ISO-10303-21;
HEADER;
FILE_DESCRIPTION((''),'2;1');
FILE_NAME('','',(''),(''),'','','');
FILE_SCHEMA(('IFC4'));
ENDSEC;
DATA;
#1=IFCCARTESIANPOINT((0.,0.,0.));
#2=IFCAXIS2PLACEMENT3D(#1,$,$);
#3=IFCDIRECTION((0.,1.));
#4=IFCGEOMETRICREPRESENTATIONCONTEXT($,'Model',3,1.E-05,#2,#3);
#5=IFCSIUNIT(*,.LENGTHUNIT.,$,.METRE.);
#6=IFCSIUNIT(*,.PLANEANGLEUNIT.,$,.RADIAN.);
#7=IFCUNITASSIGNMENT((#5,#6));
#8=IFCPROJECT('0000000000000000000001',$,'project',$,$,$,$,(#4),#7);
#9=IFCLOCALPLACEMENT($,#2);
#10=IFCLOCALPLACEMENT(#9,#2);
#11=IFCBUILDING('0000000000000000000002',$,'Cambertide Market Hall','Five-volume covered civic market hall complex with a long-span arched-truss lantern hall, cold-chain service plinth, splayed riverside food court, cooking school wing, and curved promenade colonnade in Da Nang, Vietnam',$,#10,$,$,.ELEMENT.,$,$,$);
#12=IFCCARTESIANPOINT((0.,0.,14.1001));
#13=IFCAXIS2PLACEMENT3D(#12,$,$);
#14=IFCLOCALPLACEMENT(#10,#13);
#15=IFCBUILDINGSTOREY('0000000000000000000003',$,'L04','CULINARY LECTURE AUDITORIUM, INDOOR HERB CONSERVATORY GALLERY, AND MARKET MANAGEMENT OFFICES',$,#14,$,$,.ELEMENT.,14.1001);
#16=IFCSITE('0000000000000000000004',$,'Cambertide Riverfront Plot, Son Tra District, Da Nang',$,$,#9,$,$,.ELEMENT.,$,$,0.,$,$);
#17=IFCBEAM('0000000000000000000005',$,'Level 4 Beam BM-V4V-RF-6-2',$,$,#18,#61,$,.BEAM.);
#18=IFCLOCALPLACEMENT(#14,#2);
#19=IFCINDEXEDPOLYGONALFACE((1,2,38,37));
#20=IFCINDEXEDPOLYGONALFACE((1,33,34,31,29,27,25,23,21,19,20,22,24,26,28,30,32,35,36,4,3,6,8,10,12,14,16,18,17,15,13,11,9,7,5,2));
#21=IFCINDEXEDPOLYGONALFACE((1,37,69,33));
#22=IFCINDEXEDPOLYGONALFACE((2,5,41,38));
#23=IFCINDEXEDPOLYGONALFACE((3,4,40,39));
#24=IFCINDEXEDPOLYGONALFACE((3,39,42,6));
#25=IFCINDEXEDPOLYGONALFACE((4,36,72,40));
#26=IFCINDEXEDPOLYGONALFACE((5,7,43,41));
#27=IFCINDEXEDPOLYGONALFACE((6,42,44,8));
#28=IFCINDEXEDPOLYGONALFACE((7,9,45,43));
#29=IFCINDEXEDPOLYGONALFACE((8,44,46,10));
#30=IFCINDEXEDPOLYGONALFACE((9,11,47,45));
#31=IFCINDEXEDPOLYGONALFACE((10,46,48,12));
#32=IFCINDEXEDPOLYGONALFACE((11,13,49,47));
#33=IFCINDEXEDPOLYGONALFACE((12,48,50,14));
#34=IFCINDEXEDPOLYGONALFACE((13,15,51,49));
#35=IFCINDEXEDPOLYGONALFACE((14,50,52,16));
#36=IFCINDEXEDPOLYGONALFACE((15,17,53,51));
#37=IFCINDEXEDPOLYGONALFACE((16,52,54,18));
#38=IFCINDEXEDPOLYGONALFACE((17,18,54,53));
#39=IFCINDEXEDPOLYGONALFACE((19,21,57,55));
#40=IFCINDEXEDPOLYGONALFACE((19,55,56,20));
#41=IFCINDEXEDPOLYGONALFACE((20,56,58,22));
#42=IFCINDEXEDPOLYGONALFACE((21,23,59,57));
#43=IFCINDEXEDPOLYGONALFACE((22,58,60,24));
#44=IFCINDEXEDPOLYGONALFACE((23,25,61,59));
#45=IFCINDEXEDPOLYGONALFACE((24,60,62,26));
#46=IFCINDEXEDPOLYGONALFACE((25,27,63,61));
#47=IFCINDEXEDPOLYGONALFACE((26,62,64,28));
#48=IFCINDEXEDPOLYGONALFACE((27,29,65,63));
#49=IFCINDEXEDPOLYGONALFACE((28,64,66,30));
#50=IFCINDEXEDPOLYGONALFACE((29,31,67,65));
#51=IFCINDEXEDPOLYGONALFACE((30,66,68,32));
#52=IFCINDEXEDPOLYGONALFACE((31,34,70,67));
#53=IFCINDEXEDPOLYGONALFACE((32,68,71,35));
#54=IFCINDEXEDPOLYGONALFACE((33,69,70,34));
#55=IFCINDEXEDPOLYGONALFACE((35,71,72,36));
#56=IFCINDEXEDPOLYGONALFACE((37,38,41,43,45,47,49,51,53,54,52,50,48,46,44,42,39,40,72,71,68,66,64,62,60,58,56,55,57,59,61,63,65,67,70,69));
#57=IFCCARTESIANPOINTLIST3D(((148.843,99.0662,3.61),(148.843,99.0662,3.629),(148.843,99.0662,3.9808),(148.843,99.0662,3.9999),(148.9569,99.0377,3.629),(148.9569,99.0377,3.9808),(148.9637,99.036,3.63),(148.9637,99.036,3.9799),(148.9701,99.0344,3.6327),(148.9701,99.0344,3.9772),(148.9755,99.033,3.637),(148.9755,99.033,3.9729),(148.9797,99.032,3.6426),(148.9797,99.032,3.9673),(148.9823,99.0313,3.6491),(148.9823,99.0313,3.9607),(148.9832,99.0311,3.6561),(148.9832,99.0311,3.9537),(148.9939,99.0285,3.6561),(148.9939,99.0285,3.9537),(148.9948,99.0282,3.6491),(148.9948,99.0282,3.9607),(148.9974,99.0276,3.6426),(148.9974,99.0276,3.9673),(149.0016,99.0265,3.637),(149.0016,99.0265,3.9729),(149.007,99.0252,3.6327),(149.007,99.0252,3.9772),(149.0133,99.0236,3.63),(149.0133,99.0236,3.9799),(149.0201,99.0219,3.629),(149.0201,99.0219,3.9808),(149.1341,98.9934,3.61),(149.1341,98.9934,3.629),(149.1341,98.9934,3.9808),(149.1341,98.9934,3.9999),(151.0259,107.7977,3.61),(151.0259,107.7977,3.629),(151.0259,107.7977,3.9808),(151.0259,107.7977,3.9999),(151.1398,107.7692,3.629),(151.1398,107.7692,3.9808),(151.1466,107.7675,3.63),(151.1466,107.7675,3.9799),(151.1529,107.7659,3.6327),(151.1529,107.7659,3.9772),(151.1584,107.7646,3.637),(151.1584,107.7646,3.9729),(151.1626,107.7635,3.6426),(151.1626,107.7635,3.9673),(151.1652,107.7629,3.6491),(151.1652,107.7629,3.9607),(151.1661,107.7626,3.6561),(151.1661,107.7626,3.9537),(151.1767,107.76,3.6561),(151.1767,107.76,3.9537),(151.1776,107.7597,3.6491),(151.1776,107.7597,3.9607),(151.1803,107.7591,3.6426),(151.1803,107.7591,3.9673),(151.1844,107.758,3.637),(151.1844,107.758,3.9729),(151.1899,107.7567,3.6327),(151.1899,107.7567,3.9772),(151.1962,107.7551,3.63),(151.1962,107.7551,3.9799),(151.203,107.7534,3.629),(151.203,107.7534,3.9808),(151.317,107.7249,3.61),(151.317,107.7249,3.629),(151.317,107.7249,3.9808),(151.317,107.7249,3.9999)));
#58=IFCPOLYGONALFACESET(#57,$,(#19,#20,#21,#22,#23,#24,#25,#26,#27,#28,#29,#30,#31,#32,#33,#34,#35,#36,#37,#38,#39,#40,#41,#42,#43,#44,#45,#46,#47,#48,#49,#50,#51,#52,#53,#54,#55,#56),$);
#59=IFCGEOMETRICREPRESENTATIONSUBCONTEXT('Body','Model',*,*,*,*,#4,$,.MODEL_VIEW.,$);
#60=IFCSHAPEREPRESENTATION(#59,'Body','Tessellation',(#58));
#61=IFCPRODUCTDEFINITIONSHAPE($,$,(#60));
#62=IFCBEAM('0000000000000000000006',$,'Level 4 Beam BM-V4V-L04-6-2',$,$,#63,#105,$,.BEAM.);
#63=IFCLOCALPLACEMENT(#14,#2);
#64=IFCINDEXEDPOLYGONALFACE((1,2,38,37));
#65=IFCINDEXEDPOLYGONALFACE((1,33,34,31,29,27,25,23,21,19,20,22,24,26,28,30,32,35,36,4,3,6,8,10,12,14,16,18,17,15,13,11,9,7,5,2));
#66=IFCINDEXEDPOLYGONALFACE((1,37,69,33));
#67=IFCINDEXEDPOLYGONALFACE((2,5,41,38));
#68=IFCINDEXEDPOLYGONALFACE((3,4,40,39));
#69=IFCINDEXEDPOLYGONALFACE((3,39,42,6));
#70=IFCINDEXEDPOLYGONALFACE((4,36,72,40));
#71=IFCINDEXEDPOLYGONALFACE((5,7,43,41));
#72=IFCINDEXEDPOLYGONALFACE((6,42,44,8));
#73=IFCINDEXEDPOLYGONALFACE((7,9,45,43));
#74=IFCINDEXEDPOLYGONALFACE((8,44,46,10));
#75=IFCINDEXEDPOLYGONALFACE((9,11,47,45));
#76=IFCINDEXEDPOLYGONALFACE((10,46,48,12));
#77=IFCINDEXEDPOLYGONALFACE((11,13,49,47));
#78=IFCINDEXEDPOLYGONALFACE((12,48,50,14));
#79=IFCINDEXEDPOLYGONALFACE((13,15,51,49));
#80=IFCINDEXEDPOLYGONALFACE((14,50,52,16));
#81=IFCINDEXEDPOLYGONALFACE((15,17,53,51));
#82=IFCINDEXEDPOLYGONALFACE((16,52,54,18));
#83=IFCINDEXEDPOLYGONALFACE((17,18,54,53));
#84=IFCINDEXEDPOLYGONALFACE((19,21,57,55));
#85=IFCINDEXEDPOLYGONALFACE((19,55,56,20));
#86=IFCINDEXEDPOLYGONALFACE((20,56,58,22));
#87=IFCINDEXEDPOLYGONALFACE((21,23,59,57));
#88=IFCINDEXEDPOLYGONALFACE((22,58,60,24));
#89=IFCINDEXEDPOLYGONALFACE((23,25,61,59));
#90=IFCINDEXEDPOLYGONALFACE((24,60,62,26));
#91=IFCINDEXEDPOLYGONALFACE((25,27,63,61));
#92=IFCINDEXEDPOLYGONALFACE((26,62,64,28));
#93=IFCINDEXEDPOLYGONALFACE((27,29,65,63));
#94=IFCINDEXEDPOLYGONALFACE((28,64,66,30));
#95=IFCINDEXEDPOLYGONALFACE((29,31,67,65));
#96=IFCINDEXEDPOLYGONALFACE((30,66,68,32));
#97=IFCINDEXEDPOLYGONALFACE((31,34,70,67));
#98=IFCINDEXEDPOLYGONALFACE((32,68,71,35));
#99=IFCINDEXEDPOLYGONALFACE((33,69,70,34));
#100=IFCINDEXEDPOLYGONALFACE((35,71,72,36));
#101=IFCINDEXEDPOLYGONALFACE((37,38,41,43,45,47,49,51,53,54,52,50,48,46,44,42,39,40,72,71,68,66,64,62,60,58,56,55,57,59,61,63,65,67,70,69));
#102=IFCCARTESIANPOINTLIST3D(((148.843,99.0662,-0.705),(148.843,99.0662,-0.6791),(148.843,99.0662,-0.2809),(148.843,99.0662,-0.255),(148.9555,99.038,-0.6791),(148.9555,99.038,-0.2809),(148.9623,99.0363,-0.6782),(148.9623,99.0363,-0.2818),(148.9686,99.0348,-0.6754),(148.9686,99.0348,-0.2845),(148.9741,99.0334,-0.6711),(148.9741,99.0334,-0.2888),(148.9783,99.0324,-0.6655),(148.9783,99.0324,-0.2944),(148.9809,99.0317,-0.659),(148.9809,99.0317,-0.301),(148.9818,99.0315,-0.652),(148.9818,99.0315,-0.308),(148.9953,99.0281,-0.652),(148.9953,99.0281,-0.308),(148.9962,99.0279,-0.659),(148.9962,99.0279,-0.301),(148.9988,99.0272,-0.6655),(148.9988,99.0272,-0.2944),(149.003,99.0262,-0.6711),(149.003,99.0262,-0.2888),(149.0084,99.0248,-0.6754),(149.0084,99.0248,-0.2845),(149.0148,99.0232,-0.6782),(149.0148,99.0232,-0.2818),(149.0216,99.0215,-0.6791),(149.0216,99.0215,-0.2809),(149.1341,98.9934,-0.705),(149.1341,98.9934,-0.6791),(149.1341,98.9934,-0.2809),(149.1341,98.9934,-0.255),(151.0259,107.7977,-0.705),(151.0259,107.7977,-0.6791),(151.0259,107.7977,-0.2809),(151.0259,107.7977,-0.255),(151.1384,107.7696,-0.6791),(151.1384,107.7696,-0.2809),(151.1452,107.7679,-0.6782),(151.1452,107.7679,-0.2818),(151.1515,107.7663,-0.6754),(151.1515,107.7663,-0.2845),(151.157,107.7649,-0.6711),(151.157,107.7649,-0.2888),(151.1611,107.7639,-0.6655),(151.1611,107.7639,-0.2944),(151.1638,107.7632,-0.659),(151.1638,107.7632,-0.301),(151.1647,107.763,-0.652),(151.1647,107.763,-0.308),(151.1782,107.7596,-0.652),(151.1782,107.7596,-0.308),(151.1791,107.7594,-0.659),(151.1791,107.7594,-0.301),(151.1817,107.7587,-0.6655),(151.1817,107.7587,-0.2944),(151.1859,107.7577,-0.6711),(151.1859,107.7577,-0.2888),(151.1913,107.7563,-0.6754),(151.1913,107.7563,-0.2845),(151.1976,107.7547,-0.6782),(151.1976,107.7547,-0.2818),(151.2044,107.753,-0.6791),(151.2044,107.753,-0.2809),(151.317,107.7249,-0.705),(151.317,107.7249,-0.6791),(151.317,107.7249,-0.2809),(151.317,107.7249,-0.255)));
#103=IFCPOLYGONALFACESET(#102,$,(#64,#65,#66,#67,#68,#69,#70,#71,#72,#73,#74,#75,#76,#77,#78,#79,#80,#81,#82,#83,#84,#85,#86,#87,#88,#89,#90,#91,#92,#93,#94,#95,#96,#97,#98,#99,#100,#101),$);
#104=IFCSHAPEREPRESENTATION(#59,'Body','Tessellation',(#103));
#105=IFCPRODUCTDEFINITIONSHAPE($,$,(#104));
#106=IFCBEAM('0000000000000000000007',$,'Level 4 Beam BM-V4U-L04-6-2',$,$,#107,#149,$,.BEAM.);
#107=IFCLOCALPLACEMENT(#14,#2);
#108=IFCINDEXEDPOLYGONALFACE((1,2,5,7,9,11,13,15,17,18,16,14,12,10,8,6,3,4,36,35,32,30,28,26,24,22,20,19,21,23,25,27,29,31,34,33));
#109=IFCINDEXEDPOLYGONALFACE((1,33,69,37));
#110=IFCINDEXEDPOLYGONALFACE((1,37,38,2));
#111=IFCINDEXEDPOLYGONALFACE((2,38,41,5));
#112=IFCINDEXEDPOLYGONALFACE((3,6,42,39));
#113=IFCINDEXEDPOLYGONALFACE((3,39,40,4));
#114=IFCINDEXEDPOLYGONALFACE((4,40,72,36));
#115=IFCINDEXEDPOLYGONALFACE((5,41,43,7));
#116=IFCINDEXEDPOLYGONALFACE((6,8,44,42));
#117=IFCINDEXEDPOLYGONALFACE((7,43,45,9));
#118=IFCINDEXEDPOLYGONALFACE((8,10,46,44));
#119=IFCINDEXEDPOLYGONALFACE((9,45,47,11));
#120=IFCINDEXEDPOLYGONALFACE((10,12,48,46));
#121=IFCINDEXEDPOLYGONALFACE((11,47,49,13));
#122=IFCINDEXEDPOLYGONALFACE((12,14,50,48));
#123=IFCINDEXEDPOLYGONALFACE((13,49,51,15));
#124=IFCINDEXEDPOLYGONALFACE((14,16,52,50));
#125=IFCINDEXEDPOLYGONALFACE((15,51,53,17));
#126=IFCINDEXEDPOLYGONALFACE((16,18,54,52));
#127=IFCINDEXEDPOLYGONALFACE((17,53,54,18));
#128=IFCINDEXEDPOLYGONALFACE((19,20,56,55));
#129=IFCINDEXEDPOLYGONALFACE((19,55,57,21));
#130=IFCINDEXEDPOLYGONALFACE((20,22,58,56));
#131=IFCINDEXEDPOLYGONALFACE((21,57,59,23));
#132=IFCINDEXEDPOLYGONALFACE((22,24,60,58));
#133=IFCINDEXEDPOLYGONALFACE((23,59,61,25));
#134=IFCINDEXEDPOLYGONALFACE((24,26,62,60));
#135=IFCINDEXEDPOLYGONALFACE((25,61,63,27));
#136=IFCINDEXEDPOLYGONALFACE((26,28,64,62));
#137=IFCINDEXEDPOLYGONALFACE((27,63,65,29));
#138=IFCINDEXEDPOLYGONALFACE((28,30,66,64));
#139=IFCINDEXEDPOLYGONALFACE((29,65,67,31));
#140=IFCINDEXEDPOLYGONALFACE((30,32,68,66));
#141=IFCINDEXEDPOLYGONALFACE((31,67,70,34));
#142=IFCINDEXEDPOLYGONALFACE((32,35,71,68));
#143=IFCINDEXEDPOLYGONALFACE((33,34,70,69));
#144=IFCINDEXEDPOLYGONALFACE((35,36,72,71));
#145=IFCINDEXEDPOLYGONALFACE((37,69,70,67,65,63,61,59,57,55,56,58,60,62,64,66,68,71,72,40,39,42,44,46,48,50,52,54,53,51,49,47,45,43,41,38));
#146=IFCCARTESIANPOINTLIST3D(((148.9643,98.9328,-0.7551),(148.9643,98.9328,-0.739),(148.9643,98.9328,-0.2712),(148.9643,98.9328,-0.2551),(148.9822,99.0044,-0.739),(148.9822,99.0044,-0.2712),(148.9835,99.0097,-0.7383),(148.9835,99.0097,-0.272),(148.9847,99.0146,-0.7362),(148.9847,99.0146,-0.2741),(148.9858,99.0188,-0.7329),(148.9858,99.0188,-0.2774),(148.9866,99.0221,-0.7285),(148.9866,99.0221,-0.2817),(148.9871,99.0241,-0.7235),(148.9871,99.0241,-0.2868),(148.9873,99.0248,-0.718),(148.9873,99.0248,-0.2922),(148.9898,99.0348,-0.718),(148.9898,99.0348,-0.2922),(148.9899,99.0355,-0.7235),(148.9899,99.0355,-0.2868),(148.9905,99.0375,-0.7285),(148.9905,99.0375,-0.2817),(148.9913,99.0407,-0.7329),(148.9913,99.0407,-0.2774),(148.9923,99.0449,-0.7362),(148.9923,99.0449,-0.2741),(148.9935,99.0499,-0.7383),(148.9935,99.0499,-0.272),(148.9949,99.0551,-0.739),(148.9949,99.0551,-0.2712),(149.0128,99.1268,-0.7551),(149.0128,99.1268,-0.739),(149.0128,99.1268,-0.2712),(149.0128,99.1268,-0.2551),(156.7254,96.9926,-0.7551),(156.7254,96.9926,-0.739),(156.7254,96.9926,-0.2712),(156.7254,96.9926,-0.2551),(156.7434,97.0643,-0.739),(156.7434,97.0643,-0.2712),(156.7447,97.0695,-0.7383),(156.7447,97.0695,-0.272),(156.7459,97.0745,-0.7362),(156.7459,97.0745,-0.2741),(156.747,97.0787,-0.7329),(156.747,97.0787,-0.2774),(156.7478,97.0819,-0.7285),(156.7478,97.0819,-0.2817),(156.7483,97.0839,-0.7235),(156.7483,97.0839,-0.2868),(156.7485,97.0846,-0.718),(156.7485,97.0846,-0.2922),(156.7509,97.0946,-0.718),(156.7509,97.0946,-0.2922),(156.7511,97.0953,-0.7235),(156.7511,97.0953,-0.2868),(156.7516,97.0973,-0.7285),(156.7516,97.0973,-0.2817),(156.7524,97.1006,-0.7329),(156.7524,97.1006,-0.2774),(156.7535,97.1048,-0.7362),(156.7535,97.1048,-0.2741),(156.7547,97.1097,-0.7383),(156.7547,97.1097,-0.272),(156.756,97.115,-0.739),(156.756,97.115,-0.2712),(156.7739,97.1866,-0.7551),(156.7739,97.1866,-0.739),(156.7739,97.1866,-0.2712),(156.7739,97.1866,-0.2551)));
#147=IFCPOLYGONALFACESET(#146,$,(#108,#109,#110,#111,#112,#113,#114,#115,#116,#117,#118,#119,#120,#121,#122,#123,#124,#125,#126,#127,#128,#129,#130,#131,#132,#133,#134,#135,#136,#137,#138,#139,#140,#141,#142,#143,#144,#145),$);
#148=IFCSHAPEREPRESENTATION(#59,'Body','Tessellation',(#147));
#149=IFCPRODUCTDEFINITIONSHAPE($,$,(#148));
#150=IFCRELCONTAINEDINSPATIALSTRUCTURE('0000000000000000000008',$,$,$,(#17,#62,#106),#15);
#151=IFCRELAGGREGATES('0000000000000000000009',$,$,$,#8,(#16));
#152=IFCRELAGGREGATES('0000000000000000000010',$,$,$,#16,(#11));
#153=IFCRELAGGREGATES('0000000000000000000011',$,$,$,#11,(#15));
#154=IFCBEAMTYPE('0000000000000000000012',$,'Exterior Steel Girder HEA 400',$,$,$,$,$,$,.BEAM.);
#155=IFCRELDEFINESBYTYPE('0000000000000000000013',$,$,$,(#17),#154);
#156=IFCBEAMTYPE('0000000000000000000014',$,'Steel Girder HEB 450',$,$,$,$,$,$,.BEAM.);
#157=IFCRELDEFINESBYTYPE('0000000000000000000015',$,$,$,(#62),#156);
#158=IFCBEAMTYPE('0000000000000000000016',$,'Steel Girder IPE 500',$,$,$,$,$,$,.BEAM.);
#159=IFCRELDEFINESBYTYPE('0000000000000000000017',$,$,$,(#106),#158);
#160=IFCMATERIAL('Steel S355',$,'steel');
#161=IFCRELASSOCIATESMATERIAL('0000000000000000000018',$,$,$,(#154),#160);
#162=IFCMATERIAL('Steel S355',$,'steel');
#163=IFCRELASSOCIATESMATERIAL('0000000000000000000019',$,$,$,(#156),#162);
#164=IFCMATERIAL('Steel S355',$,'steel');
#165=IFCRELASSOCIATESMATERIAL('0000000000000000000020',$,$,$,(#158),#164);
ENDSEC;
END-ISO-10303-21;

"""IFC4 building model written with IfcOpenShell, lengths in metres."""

from ifc_helpers import new_model, si_unit, direction, frame, origin, origin_2d, place, context, subcontext, project, spatial, i_section, extrude, material, material_profile, profile_set, type_object, element, save


model = new_model("IFC4")

# Units and contexts
model_context = context("Model", 3, precision=1e-05, world=origin(), true_north=direction((0.0, 1.0)))
body_context = subcontext(model_context, "Body", "Model", "MODEL_VIEW")
ifc_project = project(units=[si_unit("LENGTHUNIT", "METRE"), si_unit("PLANEANGLEUNIT", "RADIAN")], contexts=[model_context])

# Site, building, storey
site_placement = place(None, origin())
site = spatial("IfcSite", under=ifc_project, at=site_placement, Name="Cambertide Riverfront Plot, Son Tra District, Da Nang", CompositionType="ELEMENT", RefElevation=0.0)
building_placement = place(site_placement, origin())
building = spatial("IfcBuilding", under=site, at=building_placement, Name="Cambertide Market Hall", Description="Five-volume covered civic market hall complex with a long-span arched-truss lantern hall, cold-chain service plinth, splayed riverside food court, cooking school wing, and curved promenade colonnade in Da Nang, Vietnam", CompositionType="ELEMENT")
storey_placement = place(building_placement, frame((0.0, 0.0, 14.1001)))
storey = spatial("IfcBuildingStorey", under=building, at=storey_placement, Name="L04", Description="CULINARY LECTURE AUDITORIUM, INDOOR HERB CONSERVATORY GALLERY, AND MARKET MANAGEMENT OFFICES", CompositionType="ELEMENT", Elevation=14.1001)

# Beams
ifc_material_1 = material(Name="Steel S355", Category="steel")
ifc_material_profile_1 = material_profile(ifc_material_1, i_section(OverallWidth=0.3, OverallDepth=0.3899, WebThickness=0.011, FlangeThickness=0.019, FilletRadius=0.0271, at=origin_2d()), Name="HEA 400")
ifc_profile_set_1 = profile_set([ifc_material_profile_1], Name="Steel S355")
beam_type_1 = type_object("IfcBeamType", Name="Exterior Steel Girder HEA 400", PredefinedType="BEAM", material=ifc_profile_set_1)
beam_1_placement = place(storey_placement, frame((148.9885, 99.0298, 3.8049), z_axis=(0.242536, 0.970143, 0.0), x_axis=(-0.970143, 0.242536, 0.0)))
element("IfcBeam", 1, at=beam_1_placement, inside=storey, type_object=beam_type_1, Name="Level 4 Beam BM-V4V-RF-6-2", PredefinedType="BEAM", context=body_context, shape_type="SweptSolid", body=[
    extrude(i_section(OverallWidth=0.3, OverallDepth=0.3899, WebThickness=0.011, FlangeThickness=0.019, FilletRadius=0.0271, at=origin_2d()), origin(), (0.0, 0.0, 1.0), 9.0002),
])
ifc_material_2 = material(Name="Steel S355", Category="steel")
ifc_material_profile_2 = material_profile(ifc_material_2, i_section(OverallWidth=0.3, OverallDepth=0.45, WebThickness=0.0139, FlangeThickness=0.0259, FilletRadius=0.0271, at=origin_2d()), Name="HEB 450")
ifc_profile_set_2 = profile_set([ifc_material_profile_2], Name="Steel S355")
beam_type_2 = type_object("IfcBeamType", Name="Steel Girder HEB 450", PredefinedType="BEAM", material=ifc_profile_set_2)
beam_2_placement = place(storey_placement, frame((148.9885, 99.0298, -0.48), z_axis=(0.242536, 0.970143, 0.0), x_axis=(-0.970143, 0.242536, 0.0)))
element("IfcBeam", 2, at=beam_2_placement, inside=storey, type_object=beam_type_2, Name="Level 4 Beam BM-V4V-L04-6-2", PredefinedType="BEAM", context=body_context, shape_type="SweptSolid", body=[
    extrude(i_section(OverallWidth=0.3, OverallDepth=0.45, WebThickness=0.0139, FlangeThickness=0.0259, FilletRadius=0.0271, at=origin_2d()), origin(), (0.0, 0.0, 1.0), 9.0002),
])
ifc_material_3 = material(Name="Steel S355", Category="steel")
ifc_material_profile_3 = material_profile(ifc_material_3, i_section(OverallWidth=0.2, OverallDepth=0.5, WebThickness=0.0103, FlangeThickness=0.0161, FilletRadius=0.021, at=origin_2d()), Name="IPE 500")
ifc_profile_set_3 = profile_set([ifc_material_profile_3], Name="Steel S355")
beam_type_3 = type_object("IfcBeamType", Name="Steel Girder IPE 500", PredefinedType="BEAM", material=ifc_profile_set_3)
beam_3_placement = place(storey_placement, frame((148.9885, 99.0298, -0.5051), z_axis=(0.970146, -0.242521, 0.0), x_axis=(0.242521, 0.970146, 0.0)))
element("IfcBeam", 3, at=beam_3_placement, inside=storey, type_object=beam_type_3, Name="Level 4 Beam BM-V4U-L04-6-2", PredefinedType="BEAM", context=body_context, shape_type="SweptSolid", body=[
    extrude(i_section(OverallWidth=0.2, OverallDepth=0.5, WebThickness=0.0103, FlangeThickness=0.0161, FilletRadius=0.021, at=origin_2d()), origin(), (0.0, 0.0, 1.0), 8.0),
])

save(model, "model.ifc")
